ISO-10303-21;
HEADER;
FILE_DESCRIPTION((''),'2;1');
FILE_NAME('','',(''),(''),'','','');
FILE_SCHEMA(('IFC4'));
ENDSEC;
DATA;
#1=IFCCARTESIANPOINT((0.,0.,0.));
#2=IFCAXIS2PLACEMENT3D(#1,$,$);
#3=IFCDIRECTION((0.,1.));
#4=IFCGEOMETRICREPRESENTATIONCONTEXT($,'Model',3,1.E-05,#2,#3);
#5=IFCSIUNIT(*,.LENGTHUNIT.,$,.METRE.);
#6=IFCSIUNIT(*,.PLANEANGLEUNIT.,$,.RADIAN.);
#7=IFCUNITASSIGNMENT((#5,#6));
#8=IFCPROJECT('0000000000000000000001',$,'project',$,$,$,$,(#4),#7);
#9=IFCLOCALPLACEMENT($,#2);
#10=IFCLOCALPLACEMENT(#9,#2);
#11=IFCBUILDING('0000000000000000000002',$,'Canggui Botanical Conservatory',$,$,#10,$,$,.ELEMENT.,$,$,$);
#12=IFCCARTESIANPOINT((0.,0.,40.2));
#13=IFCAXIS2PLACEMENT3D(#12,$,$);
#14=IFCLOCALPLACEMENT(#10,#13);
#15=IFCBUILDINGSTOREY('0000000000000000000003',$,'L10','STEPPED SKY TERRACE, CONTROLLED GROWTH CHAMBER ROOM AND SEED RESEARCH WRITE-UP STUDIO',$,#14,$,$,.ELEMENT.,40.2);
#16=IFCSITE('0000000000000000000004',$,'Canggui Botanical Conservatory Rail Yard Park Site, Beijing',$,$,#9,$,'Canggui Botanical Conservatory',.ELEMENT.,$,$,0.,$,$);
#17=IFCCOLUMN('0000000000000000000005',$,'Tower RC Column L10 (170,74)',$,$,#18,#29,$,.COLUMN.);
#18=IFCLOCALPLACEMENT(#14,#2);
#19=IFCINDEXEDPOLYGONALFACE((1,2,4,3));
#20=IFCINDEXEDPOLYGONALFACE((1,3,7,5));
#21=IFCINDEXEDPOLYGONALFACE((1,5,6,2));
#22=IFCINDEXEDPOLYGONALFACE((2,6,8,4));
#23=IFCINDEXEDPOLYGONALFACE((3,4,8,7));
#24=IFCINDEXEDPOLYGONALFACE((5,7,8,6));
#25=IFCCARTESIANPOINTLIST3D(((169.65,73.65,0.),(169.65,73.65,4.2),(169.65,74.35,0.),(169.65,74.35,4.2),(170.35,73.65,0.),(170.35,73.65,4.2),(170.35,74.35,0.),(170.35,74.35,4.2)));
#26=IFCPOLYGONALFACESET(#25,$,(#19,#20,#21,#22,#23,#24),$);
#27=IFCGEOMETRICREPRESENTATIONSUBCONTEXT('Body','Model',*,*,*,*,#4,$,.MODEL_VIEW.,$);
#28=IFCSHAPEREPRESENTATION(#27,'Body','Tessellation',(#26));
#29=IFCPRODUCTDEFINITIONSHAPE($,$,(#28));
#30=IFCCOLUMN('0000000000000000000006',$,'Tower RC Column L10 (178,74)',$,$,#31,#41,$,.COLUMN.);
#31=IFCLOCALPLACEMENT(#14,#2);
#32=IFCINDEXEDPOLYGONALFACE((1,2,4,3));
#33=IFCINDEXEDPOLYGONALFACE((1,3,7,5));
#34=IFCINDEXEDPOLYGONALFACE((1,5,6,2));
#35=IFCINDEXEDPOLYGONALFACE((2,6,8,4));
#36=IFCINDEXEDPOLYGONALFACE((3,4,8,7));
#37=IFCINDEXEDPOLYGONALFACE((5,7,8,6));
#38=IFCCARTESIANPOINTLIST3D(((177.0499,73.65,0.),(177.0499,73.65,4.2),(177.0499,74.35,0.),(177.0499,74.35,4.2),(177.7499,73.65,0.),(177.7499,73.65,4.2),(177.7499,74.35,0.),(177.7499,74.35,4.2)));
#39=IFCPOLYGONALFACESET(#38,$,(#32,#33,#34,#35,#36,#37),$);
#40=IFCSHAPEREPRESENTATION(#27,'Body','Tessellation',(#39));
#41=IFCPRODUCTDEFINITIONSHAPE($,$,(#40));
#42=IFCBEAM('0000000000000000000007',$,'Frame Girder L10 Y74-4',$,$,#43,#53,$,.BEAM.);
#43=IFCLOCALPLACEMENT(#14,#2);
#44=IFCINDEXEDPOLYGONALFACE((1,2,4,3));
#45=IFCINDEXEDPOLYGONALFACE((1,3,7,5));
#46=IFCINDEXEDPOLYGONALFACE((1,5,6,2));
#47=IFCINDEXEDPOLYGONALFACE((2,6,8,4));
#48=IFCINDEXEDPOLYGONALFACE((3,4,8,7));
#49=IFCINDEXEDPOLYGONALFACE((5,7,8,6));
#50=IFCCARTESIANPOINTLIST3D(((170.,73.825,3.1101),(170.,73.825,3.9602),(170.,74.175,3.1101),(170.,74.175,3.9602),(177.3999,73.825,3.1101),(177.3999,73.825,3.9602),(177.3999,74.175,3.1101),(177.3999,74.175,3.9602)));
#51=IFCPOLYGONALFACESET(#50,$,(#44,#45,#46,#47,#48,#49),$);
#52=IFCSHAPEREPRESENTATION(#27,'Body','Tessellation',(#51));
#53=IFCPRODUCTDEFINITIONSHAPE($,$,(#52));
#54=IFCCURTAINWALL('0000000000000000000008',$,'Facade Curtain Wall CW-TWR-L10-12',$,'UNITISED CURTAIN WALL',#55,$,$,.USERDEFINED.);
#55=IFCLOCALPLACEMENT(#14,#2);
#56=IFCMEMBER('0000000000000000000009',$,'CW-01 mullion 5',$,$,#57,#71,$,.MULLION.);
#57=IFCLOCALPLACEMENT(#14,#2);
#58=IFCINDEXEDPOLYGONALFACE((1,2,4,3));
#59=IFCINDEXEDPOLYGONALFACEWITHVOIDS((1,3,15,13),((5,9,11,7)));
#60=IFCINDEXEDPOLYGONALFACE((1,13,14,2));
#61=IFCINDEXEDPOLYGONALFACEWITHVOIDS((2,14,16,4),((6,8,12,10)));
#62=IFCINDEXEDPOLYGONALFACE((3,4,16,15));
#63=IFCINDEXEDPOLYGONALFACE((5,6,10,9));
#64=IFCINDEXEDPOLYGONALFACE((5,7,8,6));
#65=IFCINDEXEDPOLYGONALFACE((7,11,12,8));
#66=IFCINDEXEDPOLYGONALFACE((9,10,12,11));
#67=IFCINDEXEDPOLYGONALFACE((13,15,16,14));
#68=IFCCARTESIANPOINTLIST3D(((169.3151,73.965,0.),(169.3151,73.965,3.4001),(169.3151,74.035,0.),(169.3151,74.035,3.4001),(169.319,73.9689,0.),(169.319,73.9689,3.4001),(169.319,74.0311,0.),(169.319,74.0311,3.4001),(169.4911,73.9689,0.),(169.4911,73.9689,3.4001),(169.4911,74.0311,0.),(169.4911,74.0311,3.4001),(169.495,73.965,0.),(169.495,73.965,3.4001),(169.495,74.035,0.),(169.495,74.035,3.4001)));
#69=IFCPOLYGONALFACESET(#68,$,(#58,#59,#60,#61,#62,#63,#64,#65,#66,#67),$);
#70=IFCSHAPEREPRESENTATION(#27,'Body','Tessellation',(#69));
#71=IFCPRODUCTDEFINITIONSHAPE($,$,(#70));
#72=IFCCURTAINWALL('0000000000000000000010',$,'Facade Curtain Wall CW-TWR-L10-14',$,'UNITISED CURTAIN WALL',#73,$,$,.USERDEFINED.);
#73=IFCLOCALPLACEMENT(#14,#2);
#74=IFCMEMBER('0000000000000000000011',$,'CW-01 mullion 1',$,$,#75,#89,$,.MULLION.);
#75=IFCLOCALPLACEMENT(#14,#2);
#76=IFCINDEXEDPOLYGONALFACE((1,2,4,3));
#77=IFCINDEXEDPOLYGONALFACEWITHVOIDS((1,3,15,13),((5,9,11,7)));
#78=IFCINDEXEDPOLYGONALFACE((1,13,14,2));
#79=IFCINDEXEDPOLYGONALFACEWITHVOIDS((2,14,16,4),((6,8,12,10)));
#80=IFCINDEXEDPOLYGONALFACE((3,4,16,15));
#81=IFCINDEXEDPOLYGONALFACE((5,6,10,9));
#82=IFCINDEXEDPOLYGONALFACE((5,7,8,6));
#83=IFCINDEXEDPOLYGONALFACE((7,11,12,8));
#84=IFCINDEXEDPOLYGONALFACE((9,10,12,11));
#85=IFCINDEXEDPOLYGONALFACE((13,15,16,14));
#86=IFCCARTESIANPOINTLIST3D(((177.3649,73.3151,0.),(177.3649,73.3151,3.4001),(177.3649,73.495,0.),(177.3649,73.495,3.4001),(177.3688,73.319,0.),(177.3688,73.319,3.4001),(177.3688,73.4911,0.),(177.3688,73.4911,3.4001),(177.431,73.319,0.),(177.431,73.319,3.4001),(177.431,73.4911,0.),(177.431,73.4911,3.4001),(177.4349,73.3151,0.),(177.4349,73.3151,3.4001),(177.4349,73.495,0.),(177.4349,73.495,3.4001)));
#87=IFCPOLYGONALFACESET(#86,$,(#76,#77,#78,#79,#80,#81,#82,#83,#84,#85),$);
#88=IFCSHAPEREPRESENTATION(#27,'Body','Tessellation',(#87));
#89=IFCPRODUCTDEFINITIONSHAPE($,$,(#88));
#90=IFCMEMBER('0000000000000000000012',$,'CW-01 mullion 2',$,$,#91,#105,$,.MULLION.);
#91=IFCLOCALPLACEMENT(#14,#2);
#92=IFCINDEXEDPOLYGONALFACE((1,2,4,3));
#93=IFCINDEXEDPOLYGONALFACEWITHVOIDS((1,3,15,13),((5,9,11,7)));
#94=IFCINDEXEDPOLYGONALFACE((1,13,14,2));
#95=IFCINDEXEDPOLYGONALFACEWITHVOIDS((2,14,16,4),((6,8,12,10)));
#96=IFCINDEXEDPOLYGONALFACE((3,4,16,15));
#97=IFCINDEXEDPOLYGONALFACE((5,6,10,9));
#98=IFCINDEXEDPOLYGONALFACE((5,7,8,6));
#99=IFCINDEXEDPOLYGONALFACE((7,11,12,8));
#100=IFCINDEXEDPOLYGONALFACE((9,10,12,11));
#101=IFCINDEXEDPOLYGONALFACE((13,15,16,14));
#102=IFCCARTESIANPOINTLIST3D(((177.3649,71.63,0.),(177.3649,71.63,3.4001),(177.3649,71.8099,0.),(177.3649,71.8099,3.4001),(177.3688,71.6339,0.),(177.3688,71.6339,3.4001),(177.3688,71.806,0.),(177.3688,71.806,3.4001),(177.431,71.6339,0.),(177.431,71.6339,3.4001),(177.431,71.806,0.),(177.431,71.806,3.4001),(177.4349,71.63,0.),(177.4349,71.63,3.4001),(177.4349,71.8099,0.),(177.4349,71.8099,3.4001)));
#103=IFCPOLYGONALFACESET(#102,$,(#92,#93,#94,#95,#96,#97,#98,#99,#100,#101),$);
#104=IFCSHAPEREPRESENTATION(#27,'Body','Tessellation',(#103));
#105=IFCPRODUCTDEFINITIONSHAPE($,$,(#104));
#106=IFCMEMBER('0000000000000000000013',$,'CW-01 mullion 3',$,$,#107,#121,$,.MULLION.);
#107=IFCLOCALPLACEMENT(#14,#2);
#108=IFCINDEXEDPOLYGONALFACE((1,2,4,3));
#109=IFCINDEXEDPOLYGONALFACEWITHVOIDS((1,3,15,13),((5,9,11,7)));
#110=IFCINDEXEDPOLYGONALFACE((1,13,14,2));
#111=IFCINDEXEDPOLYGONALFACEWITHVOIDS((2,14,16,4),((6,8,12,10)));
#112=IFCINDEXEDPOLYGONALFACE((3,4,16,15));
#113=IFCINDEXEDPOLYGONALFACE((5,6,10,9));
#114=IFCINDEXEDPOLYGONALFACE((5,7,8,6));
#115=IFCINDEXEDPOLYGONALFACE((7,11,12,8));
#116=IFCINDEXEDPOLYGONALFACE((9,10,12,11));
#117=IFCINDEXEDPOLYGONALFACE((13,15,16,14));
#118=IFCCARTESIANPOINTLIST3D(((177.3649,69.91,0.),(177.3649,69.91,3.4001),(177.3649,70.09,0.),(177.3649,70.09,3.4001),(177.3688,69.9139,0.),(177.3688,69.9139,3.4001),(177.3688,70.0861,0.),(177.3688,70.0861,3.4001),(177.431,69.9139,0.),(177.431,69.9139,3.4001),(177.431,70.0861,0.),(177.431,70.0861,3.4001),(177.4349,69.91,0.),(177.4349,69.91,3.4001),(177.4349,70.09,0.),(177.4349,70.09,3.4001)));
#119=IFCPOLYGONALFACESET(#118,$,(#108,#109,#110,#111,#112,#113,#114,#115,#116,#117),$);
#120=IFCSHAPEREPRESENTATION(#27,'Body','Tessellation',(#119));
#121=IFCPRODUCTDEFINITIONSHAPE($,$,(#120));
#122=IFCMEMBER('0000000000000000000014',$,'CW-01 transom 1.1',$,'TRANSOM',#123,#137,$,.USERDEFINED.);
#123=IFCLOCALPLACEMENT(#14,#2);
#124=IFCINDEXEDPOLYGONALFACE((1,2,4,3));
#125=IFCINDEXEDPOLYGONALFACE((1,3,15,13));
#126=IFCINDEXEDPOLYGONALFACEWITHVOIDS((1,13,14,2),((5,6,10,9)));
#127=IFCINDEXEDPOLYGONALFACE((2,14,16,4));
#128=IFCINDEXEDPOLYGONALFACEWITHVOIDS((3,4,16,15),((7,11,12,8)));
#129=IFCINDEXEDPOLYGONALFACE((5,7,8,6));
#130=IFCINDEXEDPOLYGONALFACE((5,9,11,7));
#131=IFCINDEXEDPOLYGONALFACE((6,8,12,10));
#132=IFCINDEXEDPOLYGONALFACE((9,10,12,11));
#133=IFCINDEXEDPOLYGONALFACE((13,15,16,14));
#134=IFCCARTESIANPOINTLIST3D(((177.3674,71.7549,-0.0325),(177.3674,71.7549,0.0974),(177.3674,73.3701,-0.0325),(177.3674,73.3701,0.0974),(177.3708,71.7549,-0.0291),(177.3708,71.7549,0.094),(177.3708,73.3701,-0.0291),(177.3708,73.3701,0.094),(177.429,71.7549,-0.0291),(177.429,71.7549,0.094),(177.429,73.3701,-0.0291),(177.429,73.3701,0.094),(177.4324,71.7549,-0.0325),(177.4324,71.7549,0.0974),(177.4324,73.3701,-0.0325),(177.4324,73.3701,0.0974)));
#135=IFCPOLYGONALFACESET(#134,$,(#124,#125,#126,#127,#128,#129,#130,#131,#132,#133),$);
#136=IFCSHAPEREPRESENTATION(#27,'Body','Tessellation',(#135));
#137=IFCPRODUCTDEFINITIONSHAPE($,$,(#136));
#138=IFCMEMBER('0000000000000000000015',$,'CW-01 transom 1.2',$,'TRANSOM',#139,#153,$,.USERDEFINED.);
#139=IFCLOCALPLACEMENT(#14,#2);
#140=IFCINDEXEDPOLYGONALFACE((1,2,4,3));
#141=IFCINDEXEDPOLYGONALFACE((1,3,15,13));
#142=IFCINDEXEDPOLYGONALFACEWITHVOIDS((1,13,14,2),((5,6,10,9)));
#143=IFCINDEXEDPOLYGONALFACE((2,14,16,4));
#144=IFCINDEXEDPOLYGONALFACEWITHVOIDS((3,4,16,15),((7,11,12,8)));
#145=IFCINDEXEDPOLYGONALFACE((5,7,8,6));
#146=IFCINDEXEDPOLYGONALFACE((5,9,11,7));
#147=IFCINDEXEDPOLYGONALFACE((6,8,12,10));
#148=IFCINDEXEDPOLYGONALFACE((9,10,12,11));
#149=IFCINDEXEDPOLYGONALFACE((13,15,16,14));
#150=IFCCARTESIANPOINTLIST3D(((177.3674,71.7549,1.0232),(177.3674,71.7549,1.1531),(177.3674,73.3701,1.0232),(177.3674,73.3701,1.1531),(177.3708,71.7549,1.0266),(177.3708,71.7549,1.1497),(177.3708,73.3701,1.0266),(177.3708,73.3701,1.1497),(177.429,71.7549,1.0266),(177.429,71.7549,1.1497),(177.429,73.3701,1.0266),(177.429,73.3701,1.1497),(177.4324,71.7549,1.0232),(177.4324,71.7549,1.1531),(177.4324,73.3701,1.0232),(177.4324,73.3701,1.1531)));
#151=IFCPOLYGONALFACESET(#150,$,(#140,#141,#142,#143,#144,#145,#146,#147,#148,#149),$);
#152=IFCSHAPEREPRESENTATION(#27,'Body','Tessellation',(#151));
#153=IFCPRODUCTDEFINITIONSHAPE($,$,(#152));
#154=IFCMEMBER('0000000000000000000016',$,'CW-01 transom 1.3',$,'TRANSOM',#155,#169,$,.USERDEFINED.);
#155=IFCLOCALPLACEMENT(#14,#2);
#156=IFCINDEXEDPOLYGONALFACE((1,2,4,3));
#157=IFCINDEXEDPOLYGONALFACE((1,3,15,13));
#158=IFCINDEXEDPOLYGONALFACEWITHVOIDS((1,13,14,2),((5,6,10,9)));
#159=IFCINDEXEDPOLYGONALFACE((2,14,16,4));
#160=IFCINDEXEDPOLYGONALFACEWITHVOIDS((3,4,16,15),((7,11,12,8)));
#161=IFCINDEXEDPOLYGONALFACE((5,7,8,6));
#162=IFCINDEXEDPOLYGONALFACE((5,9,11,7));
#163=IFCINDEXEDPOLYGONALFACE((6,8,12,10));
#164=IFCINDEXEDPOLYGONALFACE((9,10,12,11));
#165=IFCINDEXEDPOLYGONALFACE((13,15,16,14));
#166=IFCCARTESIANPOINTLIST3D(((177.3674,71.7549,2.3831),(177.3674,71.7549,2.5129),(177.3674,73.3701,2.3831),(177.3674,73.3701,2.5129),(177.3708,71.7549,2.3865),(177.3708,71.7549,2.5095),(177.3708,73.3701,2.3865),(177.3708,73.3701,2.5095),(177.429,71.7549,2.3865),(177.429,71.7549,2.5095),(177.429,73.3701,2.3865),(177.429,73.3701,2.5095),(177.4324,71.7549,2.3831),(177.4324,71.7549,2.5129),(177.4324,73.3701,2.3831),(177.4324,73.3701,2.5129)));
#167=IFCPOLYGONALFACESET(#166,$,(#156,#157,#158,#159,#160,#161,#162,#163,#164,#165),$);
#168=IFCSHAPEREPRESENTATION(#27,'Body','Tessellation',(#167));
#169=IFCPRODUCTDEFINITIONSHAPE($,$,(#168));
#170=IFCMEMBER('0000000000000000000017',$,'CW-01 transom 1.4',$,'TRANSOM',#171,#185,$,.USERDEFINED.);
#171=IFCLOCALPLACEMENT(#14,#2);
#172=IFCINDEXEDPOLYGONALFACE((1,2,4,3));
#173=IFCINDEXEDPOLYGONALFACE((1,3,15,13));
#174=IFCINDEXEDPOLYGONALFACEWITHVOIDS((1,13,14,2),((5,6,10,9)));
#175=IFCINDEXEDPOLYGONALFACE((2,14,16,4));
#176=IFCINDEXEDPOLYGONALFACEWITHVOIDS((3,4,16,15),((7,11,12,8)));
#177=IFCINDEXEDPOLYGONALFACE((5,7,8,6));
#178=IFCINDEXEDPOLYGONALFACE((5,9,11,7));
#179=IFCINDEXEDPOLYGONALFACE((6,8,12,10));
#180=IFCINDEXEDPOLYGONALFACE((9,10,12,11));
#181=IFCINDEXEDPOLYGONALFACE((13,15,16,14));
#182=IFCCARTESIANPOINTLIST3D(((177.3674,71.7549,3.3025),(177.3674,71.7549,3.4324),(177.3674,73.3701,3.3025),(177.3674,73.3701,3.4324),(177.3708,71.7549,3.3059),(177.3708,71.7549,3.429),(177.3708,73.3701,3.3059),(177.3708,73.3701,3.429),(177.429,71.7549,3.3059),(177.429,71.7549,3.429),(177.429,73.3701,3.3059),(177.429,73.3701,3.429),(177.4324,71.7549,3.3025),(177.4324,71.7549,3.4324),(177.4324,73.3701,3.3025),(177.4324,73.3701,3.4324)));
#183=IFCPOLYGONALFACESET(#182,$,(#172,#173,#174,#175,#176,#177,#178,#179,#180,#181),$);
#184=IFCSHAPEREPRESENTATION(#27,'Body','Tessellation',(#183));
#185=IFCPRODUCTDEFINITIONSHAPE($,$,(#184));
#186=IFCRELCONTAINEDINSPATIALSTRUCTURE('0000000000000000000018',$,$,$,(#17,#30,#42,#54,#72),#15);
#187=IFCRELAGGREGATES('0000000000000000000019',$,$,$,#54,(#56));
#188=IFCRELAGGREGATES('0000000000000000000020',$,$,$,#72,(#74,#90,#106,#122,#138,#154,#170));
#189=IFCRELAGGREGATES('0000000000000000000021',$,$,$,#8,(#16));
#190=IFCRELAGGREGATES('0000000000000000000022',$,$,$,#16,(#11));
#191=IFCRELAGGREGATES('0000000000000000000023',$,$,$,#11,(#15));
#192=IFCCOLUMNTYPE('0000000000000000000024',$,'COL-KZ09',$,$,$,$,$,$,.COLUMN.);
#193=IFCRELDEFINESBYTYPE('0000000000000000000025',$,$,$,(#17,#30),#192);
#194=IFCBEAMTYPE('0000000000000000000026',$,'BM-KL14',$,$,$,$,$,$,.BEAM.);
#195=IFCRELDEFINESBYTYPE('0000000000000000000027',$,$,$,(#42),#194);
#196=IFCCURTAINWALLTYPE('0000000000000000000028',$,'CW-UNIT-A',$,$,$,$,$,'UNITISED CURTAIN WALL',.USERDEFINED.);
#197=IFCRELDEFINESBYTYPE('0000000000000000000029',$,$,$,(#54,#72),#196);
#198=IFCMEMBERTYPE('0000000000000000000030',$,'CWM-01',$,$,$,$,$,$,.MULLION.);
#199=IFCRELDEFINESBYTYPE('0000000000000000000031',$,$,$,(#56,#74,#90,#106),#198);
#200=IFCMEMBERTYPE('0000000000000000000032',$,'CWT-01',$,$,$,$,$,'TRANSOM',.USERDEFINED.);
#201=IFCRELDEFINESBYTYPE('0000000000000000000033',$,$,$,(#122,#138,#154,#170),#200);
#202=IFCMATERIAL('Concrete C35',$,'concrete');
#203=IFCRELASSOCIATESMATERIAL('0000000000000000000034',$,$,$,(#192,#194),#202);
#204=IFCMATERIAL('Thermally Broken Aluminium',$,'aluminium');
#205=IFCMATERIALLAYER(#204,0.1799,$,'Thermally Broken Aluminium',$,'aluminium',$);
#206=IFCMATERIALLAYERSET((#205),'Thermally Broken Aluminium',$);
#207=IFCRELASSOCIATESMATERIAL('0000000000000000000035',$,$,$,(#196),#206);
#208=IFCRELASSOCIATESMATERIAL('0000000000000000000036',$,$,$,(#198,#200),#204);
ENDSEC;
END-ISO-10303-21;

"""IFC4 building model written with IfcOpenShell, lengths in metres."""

from ifc_helpers import new_model, si_unit, direction, frame, origin, origin_2d, place, context, subcontext, project, spatial, rectangle, hollow_rectangle, extrude, material, layer, layer_set, material_profile, profile_set, type_object, element, aggregate, save


model = new_model("IFC4")

# Units and contexts
model_context = context("Model", 3, precision=1e-05, world=origin(), true_north=direction((0.0, 1.0)))
body_context = subcontext(model_context, "Body", "Model", "MODEL_VIEW")
ifc_project = project(units=[si_unit("LENGTHUNIT", "METRE"), si_unit("PLANEANGLEUNIT", "RADIAN")], contexts=[model_context])

# Site, building, storey
site_placement = place(None, origin())
site = spatial("IfcSite", under=ifc_project, at=site_placement, Name="Canggui Botanical Conservatory Rail Yard Park Site, Beijing", LongName="Canggui Botanical Conservatory", CompositionType="ELEMENT", RefElevation=0.0)
building_placement = place(site_placement, origin())
building = spatial("IfcBuilding", under=site, at=building_placement, Name="Canggui Botanical Conservatory", CompositionType="ELEMENT")
storey_placement = place(building_placement, frame((0.0, 0.0, 40.2)))
storey = spatial("IfcBuildingStorey", under=building, at=storey_placement, Name="L10", Description="STEPPED SKY TERRACE, CONTROLLED GROWTH CHAMBER ROOM AND SEED RESEARCH WRITE-UP STUDIO", CompositionType="ELEMENT", Elevation=40.2)

# Columns
ifc_material_1 = material(Name="Concrete C35", Category="concrete")
ifc_material_profile_1 = material_profile(ifc_material_1, rectangle(XDim=0.7, YDim=0.7, at=origin_2d()), Name="RC 700x700")
ifc_profile_set_1 = profile_set([ifc_material_profile_1], Name="Concrete C35")
column_type = type_object("IfcColumnType", Name="COL-KZ09", PredefinedType="COLUMN", material=ifc_profile_set_1)
for number, where, z_axis, x_axis, name in (
    (1, (170.0, 74.0, 0.0), (0.0, 0.0, 1.0), (1.0, 0.0, 0.0), "Tower RC Column L10 (170,74)"),
    (2, (177.3999, 74.0, 0.0), (0.0, 0.0, 1.0), (1.0, 0.0, 0.0), "Tower RC Column L10 (178,74)"),
):
    element("IfcColumn", number, at=place(storey_placement, frame(where, z_axis=z_axis, x_axis=x_axis)), inside=storey, type_object=column_type, Name=name, PredefinedType="COLUMN", context=body_context, shape_type="SweptSolid", body=[
        extrude(rectangle(XDim=0.7, YDim=0.7, at=origin_2d()), origin(), (0.0, 0.0, 1.0), 4.2),
    ])

# Beam
ifc_material_profile_2 = material_profile(ifc_material_1, rectangle(XDim=0.3501, YDim=0.8501, at=origin_2d()), Name="RB 350x850")
ifc_profile_set_2 = profile_set([ifc_material_profile_2], Name="Concrete C35")
beam_type = type_object("IfcBeamType", Name="BM-KL14", PredefinedType="BEAM", material=ifc_profile_set_2)
beam_placement = place(storey_placement, frame((170.0, 74.0, 3.5352), z_axis=(1.0, 0.0, 0.0), x_axis=(0.0, 1.0, 0.0)))
element("IfcBeam", 3, at=beam_placement, inside=storey, type_object=beam_type, Name="Frame Girder L10 Y74-4", PredefinedType="BEAM", context=body_context, shape_type="SweptSolid", body=[
    extrude(rectangle(XDim=0.3501, YDim=0.8501, at=origin_2d()), origin(), (0.0, 0.0, 1.0), 7.3999),
])

# Curtain wall, member
ifc_material_2 = material(Name="Thermally Broken Aluminium", Category="aluminium")
ifc_layer_1 = layer(ifc_material_2, 0.1799, Name="Thermally Broken Aluminium", Category="aluminium")
ifc_layer_set_1 = layer_set([ifc_layer_1], Name="Thermally Broken Aluminium")
curtain_wall_type = type_object("IfcCurtainWallType", Name="CW-UNIT-A", ElementType="UNITISED CURTAIN WALL", PredefinedType="USERDEFINED", material=ifc_layer_set_1)
curtain_wall_1_placement = place(storey_placement, origin())
curtain_wall_1 = element("IfcCurtainWall", 4, at=curtain_wall_1_placement, inside=storey, type_object=curtain_wall_type, Name="Facade Curtain Wall CW-TWR-L10-12", ObjectType="UNITISED CURTAIN WALL", PredefinedType="USERDEFINED")
ifc_material_profile_3 = material_profile(ifc_material_2, hollow_rectangle(XDim=0.0701, YDim=0.1799, WallThickness=0.0039, at=origin_2d()), Name="CWM 70x180x4")
ifc_profile_set_3 = profile_set([ifc_material_profile_3], Name="Thermally Broken Aluminium")
member_type_1 = type_object("IfcMemberType", Name="CWM-01", PredefinedType="MULLION", material=ifc_profile_set_3)
member_1_placement = place(storey_placement, frame((169.405, 74.0, 0.0), z_axis=(0.0, 0.0, 1.0), x_axis=(0.0, 1.0, 0.0)))
member_1 = element("IfcMember", 5, at=member_1_placement, type_object=member_type_1, Name="CW-01 mullion 5", PredefinedType="MULLION", context=body_context, shape_type="SweptSolid", body=[
    extrude(hollow_rectangle(XDim=0.0701, YDim=0.1799, WallThickness=0.0039, at=origin_2d()), origin(), (0.0, 0.0, 1.0), 3.4001),
])

# Curtain wall, members
curtain_wall_2_placement = place(storey_placement, origin())
curtain_wall_2 = element("IfcCurtainWall", 6, at=curtain_wall_2_placement, inside=storey, type_object=curtain_wall_type, Name="Facade Curtain Wall CW-TWR-L10-14", ObjectType="UNITISED CURTAIN WALL", PredefinedType="USERDEFINED")
member_2_placement = place(storey_placement, frame((177.3999, 73.405, 0.0), z_axis=(0.0, 0.0, 1.0), x_axis=(1.0, 0.0, 0.0)))
member_2 = element("IfcMember", 7, at=member_2_placement, type_object=member_type_1, Name="CW-01 mullion 1", PredefinedType="MULLION", context=body_context, shape_type="SweptSolid", body=[
    extrude(hollow_rectangle(XDim=0.0701, YDim=0.1799, WallThickness=0.0039, at=origin_2d()), origin(), (0.0, 0.0, 1.0), 3.4001),
])
member_3_placement = place(storey_placement, frame((177.3999, 71.72, 0.0), z_axis=(0.0, 0.0, 1.0), x_axis=(1.0, 0.0, 0.0)))
member_3 = element("IfcMember", 8, at=member_3_placement, type_object=member_type_1, Name="CW-01 mullion 2", PredefinedType="MULLION", context=body_context, shape_type="SweptSolid", body=[
    extrude(hollow_rectangle(XDim=0.0701, YDim=0.1799, WallThickness=0.0039, at=origin_2d()), origin(), (0.0, 0.0, 1.0), 3.4001),
])
member_4_placement = place(storey_placement, frame((177.3999, 70.0, 0.0), z_axis=(0.0, 0.0, 1.0), x_axis=(1.0, 0.0, 0.0)))
member_4 = element("IfcMember", 9, at=member_4_placement, type_object=member_type_1, Name="CW-01 mullion 3", PredefinedType="MULLION", context=body_context, shape_type="SweptSolid", body=[
    extrude(hollow_rectangle(XDim=0.0701, YDim=0.1799, WallThickness=0.0039, at=origin_2d()), origin(), (0.0, 0.0, 1.0), 3.4001),
])
ifc_material_profile_4 = material_profile(ifc_material_2, hollow_rectangle(XDim=0.0649, YDim=0.1299, WallThickness=0.0034, at=origin_2d()), Name="CWT 65x130x3.5")
ifc_profile_set_4 = profile_set([ifc_material_profile_4], Name="Thermally Broken Aluminium")
member_type_2 = type_object("IfcMemberType", Name="CWT-01", ElementType="TRANSOM", PredefinedType="USERDEFINED", material=ifc_profile_set_4)
member_5_placement = place(storey_placement, frame((177.3999, 73.3701, 0.0325), z_axis=(0.0, -1.0, 0.0), x_axis=(1.0, 0.0, 0.0)))
member_5 = element("IfcMember", 10, at=member_5_placement, type_object=member_type_2, Name="CW-01 transom 1.1", ObjectType="TRANSOM", PredefinedType="USERDEFINED", context=body_context, shape_type="SweptSolid", body=[
    extrude(hollow_rectangle(XDim=0.0649, YDim=0.1299, WallThickness=0.0034, at=origin_2d()), origin(), (0.0, 0.0, 1.0), 1.6152),
])
member_6_placement = place(storey_placement, frame((177.3999, 73.3701, 1.0881), z_axis=(0.0, -1.0, 0.0), x_axis=(1.0, 0.0, 0.0)))
member_6 = element("IfcMember", 11, at=member_6_placement, type_object=member_type_2, Name="CW-01 transom 1.2", ObjectType="TRANSOM", PredefinedType="USERDEFINED", context=body_context, shape_type="SweptSolid", body=[
    extrude(hollow_rectangle(XDim=0.0649, YDim=0.1299, WallThickness=0.0034, at=origin_2d()), origin(), (0.0, 0.0, 1.0), 1.6152),
])
member_7_placement = place(storey_placement, frame((177.3999, 73.3701, 2.448), z_axis=(0.0, -1.0, 0.0), x_axis=(1.0, 0.0, 0.0)))
member_7 = element("IfcMember", 12, at=member_7_placement, type_object=member_type_2, Name="CW-01 transom 1.3", ObjectType="TRANSOM", PredefinedType="USERDEFINED", context=body_context, shape_type="SweptSolid", body=[
    extrude(hollow_rectangle(XDim=0.0649, YDim=0.1299, WallThickness=0.0034, at=origin_2d()), origin(), (0.0, 0.0, 1.0), 1.6152),
])
member_8_placement = place(storey_placement, frame((177.3999, 73.3701, 3.3674), z_axis=(0.0, -1.0, 0.0), x_axis=(1.0, 0.0, 0.0)))
member_8 = element("IfcMember", 13, at=member_8_placement, type_object=member_type_2, Name="CW-01 transom 1.4", ObjectType="TRANSOM", PredefinedType="USERDEFINED", context=body_context, shape_type="SweptSolid", body=[
    extrude(hollow_rectangle(XDim=0.0649, YDim=0.1299, WallThickness=0.0034, at=origin_2d()), origin(), (0.0, 0.0, 1.0), 1.6152),
])

aggregate(curtain_wall_1, [member_1])
aggregate(curtain_wall_2, [member_2, member_3, member_4, member_5, member_6, member_7, member_8])

save(model, "model.ifc")
